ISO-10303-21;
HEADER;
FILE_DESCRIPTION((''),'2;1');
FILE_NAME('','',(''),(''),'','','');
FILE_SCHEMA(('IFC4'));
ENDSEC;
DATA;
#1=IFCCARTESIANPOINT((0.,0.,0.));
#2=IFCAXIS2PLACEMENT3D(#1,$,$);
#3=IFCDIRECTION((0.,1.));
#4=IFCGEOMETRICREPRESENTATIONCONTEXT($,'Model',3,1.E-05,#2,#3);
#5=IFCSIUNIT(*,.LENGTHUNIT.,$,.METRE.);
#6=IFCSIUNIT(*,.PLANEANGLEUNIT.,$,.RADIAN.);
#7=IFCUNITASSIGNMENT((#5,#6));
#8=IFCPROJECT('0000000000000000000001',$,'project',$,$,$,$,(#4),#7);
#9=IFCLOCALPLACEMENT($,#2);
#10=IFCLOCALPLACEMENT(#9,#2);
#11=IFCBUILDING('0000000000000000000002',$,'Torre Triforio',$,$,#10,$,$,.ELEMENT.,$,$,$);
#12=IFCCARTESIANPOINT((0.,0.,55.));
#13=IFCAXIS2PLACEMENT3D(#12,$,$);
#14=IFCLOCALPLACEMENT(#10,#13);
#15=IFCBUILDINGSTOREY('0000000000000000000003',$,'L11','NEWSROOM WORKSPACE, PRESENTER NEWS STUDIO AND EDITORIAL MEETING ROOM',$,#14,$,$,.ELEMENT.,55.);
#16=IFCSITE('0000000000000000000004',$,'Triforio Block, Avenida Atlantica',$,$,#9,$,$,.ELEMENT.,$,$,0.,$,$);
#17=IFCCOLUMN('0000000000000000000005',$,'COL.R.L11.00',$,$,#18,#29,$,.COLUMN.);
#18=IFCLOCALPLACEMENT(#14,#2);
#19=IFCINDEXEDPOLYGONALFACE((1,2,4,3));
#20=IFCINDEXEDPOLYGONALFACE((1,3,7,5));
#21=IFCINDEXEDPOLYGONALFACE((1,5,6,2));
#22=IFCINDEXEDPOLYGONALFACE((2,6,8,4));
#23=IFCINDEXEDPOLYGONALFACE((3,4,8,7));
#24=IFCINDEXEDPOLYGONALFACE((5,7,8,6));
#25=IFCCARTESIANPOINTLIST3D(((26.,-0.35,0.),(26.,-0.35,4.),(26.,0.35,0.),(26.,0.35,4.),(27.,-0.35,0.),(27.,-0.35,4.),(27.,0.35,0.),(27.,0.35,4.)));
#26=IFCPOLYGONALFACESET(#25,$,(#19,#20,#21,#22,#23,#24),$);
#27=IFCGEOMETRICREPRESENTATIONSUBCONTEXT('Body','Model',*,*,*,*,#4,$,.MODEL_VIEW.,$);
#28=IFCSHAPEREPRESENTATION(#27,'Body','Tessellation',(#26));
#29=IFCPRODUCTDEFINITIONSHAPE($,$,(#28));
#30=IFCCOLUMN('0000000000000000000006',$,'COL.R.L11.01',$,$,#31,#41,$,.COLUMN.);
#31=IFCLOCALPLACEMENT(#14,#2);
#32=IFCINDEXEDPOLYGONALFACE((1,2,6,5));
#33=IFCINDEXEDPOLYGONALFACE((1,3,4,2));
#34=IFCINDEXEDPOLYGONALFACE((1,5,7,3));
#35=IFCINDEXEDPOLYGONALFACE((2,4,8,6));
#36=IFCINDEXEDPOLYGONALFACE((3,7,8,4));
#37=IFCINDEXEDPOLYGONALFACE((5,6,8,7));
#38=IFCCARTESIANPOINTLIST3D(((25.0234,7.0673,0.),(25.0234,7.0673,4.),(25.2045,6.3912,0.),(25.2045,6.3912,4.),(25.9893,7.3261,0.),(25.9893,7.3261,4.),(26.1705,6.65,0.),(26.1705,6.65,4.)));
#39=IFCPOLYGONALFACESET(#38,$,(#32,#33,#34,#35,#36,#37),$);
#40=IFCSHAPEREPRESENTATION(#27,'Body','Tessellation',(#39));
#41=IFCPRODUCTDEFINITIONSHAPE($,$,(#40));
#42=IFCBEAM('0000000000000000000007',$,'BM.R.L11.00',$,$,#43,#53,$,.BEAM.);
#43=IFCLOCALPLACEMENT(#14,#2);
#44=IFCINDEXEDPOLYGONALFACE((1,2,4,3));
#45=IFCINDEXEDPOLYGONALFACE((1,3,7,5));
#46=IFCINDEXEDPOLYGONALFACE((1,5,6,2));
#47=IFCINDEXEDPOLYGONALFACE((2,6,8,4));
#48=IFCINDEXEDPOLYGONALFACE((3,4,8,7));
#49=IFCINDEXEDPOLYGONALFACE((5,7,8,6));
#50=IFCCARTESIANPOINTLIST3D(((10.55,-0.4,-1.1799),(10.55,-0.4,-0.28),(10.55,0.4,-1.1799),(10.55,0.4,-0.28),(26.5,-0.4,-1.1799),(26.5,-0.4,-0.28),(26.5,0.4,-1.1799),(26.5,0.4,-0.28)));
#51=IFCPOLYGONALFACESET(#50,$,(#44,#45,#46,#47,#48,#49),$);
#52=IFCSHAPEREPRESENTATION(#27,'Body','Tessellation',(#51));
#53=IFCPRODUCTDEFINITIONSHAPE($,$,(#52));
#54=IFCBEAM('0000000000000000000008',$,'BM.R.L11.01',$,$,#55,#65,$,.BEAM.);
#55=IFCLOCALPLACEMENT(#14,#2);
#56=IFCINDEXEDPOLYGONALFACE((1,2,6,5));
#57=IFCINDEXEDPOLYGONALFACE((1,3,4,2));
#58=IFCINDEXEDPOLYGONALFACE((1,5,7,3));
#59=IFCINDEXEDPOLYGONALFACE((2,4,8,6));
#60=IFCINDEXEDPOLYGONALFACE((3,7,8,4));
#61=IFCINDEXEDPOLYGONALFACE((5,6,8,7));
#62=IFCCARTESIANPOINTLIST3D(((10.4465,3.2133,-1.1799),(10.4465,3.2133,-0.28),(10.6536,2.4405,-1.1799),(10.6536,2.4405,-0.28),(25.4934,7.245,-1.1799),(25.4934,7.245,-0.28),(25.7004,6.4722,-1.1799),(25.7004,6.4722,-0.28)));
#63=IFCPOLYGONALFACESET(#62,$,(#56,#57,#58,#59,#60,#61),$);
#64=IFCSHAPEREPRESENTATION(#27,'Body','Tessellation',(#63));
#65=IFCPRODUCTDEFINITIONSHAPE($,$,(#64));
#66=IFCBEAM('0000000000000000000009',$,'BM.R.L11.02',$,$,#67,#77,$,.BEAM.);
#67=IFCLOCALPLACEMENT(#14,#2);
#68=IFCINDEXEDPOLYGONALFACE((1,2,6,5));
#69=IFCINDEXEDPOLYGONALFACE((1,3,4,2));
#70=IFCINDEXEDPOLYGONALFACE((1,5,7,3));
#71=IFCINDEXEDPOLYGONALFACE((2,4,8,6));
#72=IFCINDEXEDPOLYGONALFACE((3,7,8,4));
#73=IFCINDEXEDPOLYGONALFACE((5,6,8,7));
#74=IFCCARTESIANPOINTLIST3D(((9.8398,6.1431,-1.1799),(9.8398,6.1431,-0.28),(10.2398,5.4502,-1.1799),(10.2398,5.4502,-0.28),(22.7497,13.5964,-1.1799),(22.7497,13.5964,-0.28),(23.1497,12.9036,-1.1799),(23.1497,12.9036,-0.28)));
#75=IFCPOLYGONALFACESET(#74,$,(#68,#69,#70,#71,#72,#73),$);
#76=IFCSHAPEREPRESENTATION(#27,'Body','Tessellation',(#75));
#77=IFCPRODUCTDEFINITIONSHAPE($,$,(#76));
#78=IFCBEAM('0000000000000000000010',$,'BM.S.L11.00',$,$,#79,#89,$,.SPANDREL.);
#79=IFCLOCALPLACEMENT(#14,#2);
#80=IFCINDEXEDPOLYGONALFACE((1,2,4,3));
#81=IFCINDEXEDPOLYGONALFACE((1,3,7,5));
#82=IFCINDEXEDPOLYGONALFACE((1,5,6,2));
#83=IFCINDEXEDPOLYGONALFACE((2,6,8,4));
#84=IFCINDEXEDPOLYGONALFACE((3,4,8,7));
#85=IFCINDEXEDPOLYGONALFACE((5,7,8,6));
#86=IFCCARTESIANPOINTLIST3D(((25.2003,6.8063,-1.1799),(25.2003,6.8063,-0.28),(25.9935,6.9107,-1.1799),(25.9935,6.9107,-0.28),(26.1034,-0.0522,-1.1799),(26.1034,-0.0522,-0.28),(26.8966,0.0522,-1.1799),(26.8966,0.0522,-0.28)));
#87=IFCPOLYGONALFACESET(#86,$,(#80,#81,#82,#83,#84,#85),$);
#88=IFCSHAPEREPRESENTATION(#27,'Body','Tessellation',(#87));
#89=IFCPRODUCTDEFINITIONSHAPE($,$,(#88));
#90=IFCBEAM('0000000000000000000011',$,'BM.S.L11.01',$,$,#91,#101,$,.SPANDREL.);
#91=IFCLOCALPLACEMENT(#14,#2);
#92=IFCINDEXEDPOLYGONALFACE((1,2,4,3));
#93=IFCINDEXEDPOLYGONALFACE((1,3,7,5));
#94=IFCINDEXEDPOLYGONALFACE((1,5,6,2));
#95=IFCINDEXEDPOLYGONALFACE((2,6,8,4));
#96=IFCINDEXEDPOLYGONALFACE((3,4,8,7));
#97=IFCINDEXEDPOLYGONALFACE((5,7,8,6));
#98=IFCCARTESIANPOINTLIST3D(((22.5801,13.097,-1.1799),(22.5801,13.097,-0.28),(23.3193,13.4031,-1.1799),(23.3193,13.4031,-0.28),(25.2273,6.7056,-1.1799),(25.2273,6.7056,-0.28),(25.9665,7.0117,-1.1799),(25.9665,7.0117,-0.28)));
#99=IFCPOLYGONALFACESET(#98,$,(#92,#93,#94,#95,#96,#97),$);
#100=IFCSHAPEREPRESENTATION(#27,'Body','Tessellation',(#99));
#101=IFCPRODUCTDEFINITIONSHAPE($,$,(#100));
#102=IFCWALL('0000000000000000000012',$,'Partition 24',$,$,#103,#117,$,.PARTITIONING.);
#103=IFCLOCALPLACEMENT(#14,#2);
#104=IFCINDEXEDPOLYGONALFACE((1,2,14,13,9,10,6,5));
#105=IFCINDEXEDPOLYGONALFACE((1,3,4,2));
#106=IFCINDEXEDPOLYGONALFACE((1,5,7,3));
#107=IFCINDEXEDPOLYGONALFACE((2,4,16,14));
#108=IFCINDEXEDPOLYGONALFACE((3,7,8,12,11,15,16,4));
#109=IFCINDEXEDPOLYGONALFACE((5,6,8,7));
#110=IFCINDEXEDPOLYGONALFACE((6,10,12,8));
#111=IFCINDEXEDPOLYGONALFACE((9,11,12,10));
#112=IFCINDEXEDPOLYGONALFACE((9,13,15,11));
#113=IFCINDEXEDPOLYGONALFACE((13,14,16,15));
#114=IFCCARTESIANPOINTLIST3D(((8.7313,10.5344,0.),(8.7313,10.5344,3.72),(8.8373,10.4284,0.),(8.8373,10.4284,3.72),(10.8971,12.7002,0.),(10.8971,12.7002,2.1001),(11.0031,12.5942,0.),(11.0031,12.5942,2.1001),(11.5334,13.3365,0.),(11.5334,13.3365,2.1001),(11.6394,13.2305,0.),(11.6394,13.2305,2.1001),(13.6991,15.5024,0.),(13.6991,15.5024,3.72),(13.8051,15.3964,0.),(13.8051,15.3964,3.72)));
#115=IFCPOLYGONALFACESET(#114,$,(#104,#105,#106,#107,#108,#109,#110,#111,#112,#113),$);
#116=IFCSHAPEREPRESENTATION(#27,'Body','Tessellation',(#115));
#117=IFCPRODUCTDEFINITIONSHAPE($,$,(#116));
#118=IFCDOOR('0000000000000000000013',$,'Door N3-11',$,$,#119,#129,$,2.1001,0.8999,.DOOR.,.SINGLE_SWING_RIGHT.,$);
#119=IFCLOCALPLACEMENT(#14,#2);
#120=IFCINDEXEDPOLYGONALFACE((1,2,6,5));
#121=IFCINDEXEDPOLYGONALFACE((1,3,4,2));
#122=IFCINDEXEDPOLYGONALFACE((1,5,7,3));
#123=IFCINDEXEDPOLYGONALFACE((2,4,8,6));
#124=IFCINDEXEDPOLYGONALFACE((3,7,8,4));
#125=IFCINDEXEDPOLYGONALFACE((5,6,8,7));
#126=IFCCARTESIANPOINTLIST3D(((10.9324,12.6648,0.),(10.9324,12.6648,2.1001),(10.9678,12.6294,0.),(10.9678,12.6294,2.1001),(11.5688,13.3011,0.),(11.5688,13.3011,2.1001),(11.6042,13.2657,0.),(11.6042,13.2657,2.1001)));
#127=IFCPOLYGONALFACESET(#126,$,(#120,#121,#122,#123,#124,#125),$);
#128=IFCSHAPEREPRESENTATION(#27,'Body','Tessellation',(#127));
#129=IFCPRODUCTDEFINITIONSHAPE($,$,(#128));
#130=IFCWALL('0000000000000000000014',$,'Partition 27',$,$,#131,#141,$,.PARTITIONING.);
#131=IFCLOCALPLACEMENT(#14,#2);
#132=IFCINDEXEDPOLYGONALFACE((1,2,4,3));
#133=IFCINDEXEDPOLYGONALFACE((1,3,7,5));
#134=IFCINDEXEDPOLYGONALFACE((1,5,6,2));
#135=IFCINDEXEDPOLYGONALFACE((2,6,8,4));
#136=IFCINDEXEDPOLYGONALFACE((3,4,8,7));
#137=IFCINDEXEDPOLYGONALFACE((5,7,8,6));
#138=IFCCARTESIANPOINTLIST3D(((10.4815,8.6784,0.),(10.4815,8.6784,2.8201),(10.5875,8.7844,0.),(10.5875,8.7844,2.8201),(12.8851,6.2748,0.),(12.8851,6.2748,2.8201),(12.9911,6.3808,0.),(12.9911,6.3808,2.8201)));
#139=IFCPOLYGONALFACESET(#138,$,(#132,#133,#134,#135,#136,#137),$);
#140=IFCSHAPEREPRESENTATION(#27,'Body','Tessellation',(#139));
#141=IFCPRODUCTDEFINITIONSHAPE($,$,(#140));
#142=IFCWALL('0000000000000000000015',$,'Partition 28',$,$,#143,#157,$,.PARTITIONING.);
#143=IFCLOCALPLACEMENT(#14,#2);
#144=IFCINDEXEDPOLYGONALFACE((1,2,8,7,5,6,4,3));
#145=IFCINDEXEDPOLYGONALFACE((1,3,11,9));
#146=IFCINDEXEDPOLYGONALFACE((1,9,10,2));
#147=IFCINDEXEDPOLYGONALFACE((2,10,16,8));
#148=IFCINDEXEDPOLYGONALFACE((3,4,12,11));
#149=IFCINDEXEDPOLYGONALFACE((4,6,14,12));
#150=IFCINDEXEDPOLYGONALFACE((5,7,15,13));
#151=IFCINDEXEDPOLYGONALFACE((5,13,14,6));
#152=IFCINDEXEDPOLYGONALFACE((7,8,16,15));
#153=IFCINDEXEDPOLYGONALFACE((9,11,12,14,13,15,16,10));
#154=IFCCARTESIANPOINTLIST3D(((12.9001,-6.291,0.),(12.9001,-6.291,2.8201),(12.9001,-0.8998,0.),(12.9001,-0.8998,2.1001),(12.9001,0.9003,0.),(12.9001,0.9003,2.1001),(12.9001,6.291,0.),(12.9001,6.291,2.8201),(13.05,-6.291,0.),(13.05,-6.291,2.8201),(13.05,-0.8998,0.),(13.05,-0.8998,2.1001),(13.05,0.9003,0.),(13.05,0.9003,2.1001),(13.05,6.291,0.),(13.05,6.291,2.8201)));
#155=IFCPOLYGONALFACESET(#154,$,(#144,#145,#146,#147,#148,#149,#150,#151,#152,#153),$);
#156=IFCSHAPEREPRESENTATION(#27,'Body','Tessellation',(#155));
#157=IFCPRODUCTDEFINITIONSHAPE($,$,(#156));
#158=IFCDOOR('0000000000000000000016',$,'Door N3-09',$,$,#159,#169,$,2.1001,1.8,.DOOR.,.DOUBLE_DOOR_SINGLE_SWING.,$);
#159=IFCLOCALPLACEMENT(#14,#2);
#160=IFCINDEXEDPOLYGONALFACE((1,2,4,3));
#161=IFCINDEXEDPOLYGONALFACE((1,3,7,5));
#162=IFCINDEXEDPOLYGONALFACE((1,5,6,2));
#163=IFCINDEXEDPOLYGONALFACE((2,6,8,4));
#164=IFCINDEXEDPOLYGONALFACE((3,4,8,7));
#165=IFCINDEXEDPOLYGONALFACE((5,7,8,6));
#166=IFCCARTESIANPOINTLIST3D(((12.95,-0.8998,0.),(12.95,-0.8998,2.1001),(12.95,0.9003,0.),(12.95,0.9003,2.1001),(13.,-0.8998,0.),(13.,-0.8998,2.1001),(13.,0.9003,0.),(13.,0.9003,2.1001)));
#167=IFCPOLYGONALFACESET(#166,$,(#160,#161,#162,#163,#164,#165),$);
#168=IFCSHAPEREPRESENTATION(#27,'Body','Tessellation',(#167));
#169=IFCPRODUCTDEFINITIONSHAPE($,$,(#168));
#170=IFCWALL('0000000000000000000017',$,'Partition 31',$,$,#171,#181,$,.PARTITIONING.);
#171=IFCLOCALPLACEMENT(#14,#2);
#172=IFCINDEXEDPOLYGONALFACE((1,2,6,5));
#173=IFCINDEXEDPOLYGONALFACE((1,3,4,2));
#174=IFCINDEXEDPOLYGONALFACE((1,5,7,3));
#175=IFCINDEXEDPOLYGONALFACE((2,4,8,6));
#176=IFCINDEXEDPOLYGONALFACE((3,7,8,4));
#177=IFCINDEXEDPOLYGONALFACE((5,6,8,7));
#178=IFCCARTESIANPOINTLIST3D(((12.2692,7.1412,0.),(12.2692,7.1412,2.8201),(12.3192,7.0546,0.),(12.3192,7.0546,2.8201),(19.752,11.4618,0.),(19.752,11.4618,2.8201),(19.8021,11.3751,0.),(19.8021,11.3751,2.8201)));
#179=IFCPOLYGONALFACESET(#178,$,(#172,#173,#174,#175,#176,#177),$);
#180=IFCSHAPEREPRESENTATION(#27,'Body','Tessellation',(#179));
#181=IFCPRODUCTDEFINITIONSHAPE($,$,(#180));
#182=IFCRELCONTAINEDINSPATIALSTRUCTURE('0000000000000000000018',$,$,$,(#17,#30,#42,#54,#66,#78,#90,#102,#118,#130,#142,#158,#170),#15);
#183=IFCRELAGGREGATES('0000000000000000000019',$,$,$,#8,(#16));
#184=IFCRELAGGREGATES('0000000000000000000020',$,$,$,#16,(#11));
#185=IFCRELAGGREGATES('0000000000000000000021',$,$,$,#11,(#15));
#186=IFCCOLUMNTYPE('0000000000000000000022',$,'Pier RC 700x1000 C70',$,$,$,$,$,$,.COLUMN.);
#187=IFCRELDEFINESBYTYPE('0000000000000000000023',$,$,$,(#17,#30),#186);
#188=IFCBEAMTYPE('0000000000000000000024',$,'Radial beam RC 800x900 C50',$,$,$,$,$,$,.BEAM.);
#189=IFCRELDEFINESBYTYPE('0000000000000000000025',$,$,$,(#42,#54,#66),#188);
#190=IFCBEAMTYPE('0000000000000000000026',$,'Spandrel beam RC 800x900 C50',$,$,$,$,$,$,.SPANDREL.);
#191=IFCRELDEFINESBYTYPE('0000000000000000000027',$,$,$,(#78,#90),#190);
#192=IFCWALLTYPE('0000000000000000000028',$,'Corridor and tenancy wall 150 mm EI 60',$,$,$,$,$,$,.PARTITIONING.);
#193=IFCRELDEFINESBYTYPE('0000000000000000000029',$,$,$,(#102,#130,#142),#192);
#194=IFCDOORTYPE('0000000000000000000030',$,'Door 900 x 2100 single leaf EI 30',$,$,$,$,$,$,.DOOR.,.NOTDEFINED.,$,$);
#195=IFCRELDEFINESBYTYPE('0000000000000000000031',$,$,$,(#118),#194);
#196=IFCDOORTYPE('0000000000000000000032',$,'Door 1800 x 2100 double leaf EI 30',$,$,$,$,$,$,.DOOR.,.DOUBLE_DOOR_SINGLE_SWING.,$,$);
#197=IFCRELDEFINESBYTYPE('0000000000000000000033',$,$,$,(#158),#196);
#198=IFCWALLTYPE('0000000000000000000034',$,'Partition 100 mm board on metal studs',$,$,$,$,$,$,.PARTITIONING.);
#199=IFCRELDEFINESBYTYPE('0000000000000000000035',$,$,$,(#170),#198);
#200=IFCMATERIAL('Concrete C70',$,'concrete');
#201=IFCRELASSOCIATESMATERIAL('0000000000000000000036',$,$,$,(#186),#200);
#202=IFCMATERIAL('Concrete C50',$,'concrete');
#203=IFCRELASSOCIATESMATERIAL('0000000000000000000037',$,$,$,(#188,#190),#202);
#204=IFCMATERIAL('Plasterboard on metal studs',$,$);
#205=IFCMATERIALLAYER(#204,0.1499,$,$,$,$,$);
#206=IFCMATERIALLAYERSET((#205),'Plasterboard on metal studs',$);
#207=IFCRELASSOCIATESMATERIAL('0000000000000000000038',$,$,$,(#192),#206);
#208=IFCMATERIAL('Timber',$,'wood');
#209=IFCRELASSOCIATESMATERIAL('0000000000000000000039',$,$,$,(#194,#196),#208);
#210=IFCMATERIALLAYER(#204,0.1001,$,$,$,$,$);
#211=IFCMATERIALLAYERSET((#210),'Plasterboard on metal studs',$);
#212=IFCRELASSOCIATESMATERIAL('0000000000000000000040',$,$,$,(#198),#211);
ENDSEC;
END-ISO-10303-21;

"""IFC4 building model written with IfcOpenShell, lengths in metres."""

from ifc_helpers import new_model, si_unit, direction, frame, frame_2d, origin, origin_2d, place, context, subcontext, project, spatial, rectangle, extrude, material, layer, layer_set, material_profile, profile_set, type_object, element, fill, save


model = new_model("IFC4")

# Units and contexts
model_context = context("Model", 3, precision=1e-05, world=origin(), true_north=direction((0.0, 1.0)))
body_context = subcontext(model_context, "Body", "Model", "MODEL_VIEW")
ifc_project = project(units=[si_unit("LENGTHUNIT", "METRE"), si_unit("PLANEANGLEUNIT", "RADIAN")], contexts=[model_context])

# Site, building, storey
site_placement = place(None, origin())
site = spatial("IfcSite", under=ifc_project, at=site_placement, Name="Triforio Block, Avenida Atlantica", CompositionType="ELEMENT", RefElevation=0.0)
building_placement = place(site_placement, origin())
building = spatial("IfcBuilding", under=site, at=building_placement, Name="Torre Triforio", CompositionType="ELEMENT")
storey_placement = place(building_placement, frame((0.0, 0.0, 55.0)))
storey = spatial("IfcBuildingStorey", under=building, at=storey_placement, Name="L11", Description="NEWSROOM WORKSPACE, PRESENTER NEWS STUDIO AND EDITORIAL MEETING ROOM", CompositionType="ELEMENT", Elevation=55.0)

# Columns
ifc_material_1 = material(Name="Concrete C70", Category="concrete")
ifc_material_profile_1 = material_profile(ifc_material_1, rectangle(XDim=0.7, YDim=1.0, at=origin_2d()), Name="RC 700x1000")
ifc_profile_set_1 = profile_set([ifc_material_profile_1], Name="Concrete C70")
column_type = type_object("IfcColumnType", Name="Pier RC 700x1000 C70", PredefinedType="COLUMN", material=ifc_profile_set_1)
for number, where, z_axis, x_axis, name in (
    (1, (26.5, 0.0, 0.0), (0.0, 0.0, 1.0), (0.0, 1.0, 0.0), "COL.R.L11.00"),
    (2, (25.5969, 6.8586, 0.0), (0.0, 0.0, 1.0), (-0.258819, 0.965926, 0.0), "COL.R.L11.01"),
):
    element("IfcColumn", number, at=place(storey_placement, frame(where, z_axis=z_axis, x_axis=x_axis)), inside=storey, type_object=column_type, Name=name, PredefinedType="COLUMN", context=body_context, shape_type="SweptSolid", body=[
        extrude(rectangle(XDim=0.7, YDim=1.0, at=origin_2d()), origin(), (0.0, 0.0, 1.0), 4.0),
    ])

# Beams
ifc_material_2 = material(Name="Concrete C50", Category="concrete")
ifc_material_profile_2 = material_profile(ifc_material_2, rectangle(XDim=0.8, YDim=0.8999, at=origin_2d()), Name="RC 800x900")
ifc_profile_set_2 = profile_set([ifc_material_profile_2], Name="Concrete C50")
beam_type_1 = type_object("IfcBeamType", Name="Radial beam RC 800x900 C50", PredefinedType="BEAM", material=ifc_profile_set_2)
beam_1_placement = place(storey_placement, frame((10.55, 0.0, -0.73), z_axis=(1.0, 0.0, 0.0), x_axis=(0.0, 1.0, 0.0)))
element("IfcBeam", 3, at=beam_1_placement, inside=storey, type_object=beam_type_1, Name="BM.R.L11.00", PredefinedType="BEAM", context=body_context, shape_type="SweptSolid", body=[
    extrude(rectangle(XDim=0.8, YDim=0.8999, at=origin_2d()), origin(), (0.0, 0.0, 1.0), 15.95),
])
beam_2_placement = place(storey_placement, frame((10.55, 2.8269, -0.73), z_axis=(0.965927, 0.258815, 0.0), x_axis=(-0.258815, 0.965927, 0.0)))
element("IfcBeam", 4, at=beam_2_placement, inside=storey, type_object=beam_type_1, Name="BM.R.L11.01", PredefinedType="BEAM", context=body_context, shape_type="SweptSolid", body=[
    extrude(rectangle(XDim=0.8, YDim=0.8999, at=origin_2d()), origin(), (0.0, 0.0, 1.0), 15.5776),
])
beam_3_placement = place(storey_placement, frame((10.0398, 5.7966, -0.73), z_axis=(0.86603, 0.499991, 0.0), x_axis=(-0.499991, 0.86603, 0.0)))
element("IfcBeam", 5, at=beam_3_placement, inside=storey, type_object=beam_type_1, Name="BM.R.L11.02", PredefinedType="BEAM", context=body_context, shape_type="SweptSolid", body=[
    extrude(rectangle(XDim=0.8, YDim=0.8999, at=origin_2d()), origin(), (0.0, 0.0, 1.0), 14.907),
])
ifc_material_profile_3 = material_profile(ifc_material_2, rectangle(XDim=0.8, YDim=0.8999, at=origin_2d()), Name="RC 800x900")
ifc_profile_set_3 = profile_set([ifc_material_profile_3], Name="Concrete C50")
beam_type_2 = type_object("IfcBeamType", Name="Spandrel beam RC 800x900 C50", PredefinedType="SPANDREL", material=ifc_profile_set_3)
beam_4_placement = place(storey_placement, frame((26.5, 0.0, -0.73), z_axis=(-0.130543, 0.991443, 0.0), x_axis=(-0.991443, -0.130543, 0.0)))
element("IfcBeam", 6, at=beam_4_placement, inside=storey, type_object=beam_type_2, Name="BM.S.L11.00", PredefinedType="SPANDREL", context=body_context, shape_type="SweptSolid", body=[
    extrude(rectangle(XDim=0.8, YDim=0.8999, at=origin_2d()), origin(), (0.0, 0.0, 1.0), 6.9177),
])
beam_5_placement = place(storey_placement, frame((25.5969, 6.8586, -0.73), z_axis=(-0.382662, 0.923888, 0.0), x_axis=(-0.923888, -0.382662, 0.0)))
element("IfcBeam", 7, at=beam_5_placement, inside=storey, type_object=beam_type_2, Name="BM.S.L11.01", PredefinedType="SPANDREL", context=body_context, shape_type="SweptSolid", body=[
    extrude(rectangle(XDim=0.8, YDim=0.8999, at=origin_2d()), origin(), (0.0, 0.0, 1.0), 6.918),
])

# Wall, opening, door
ifc_material_3 = material(Name="Plasterboard on metal studs")
ifc_layer_1 = layer(ifc_material_3, 0.1499)
ifc_layer_set_1 = layer_set([ifc_layer_1], Name="Plasterboard on metal studs")
wall_type_1 = type_object("IfcWallType", Name="Corridor and tenancy wall 150 mm EI 60", PredefinedType="PARTITIONING", material=ifc_layer_set_1)
wall_1_placement = place(storey_placement, frame((8.7844, 10.4814, 0.0), z_axis=(0.0, 0.0, 1.0), x_axis=(0.707089, 0.707124, 0.0)))
wall_1 = element("IfcWall", 8, at=wall_1_placement, inside=storey, type_object=wall_type_1, Name="Partition 24", PredefinedType="PARTITIONING", context=body_context, shape_type="SweptSolid", body=[
    extrude(rectangle(XDim=7.0256, YDim=0.1499, at=frame_2d((3.5127, 0.0))), origin(), (0.0, 0.0, 1.0), 3.72),
])
opening_1_placement = place(wall_1_placement, frame((3.0627, 0.0, 0.0)))
opening_1 = element("IfcOpeningElement", 9, at=opening_1_placement, cuts=wall_1, PredefinedType="OPENING", context=body_context, shape_type="SweptSolid", body=[
    extrude(rectangle(XDim=0.8999, YDim=2.1001, at=frame_2d((0.45, 1.05))), frame((0.0, 0.085, 0.0), z_axis=(0.0, -1.0, 0.0), x_axis=(1.0, 0.0, 0.0)), (0.0, 0.0, 1.0), 0.1699),
])
ifc_material_4 = material(Name="Timber", Category="wood")
door_type_1 = type_object("IfcDoorType", Name="Door 900 x 2100 single leaf EI 30", OperationType="NOTDEFINED", PredefinedType="DOOR", material=ifc_material_4)
door_1_placement = place(opening_1_placement, origin())
door_1 = element("IfcDoor", 10, at=door_1_placement, inside=storey, type_object=door_type_1, Name="Door N3-11", OperationType="SINGLE_SWING_RIGHT", OverallHeight=2.1001, OverallWidth=0.8999, PredefinedType="DOOR", context=body_context, shape_type="SweptSolid", body=[
    extrude(rectangle(XDim=0.8999, YDim=2.1001, at=frame_2d((0.45, 1.05))), frame((0.0, 0.0249, 0.0), z_axis=(0.0, -1.0, 0.0), x_axis=(1.0, 0.0, 0.0)), (0.0, 0.0, 1.0), 0.05),
])
fill(opening_1, door_1)

# Wall
wall_2_placement = place(storey_placement, frame((10.5344, 8.7314, 0.0), z_axis=(0.0, 0.0, 1.0), x_axis=(0.707107, -0.707107, 0.0)))
element("IfcWall", 11, at=wall_2_placement, inside=storey, type_object=wall_type_1, Name="Partition 27", PredefinedType="PARTITIONING", context=body_context, shape_type="SweptSolid", body=[
    extrude(rectangle(XDim=3.3992, YDim=0.1499, at=frame_2d((1.6997, 0.0))), origin(), (0.0, 0.0, 1.0), 2.8201),
])

# Wall, opening, door
wall_3_placement = place(storey_placement, frame((12.9751, 6.291, 0.0), z_axis=(0.0, 0.0, 1.0), x_axis=(0.0, -1.0, 0.0)))
wall_3 = element("IfcWall", 12, at=wall_3_placement, inside=storey, type_object=wall_type_1, Name="Partition 28", PredefinedType="PARTITIONING", context=body_context, shape_type="SweptSolid", body=[
    extrude(rectangle(XDim=12.582, YDim=0.1499, at=frame_2d((6.291, 0.0))), origin(), (0.0, 0.0, 1.0), 2.8201),
])
opening_2_placement = place(wall_3_placement, frame((5.3909, 0.0, 0.0)))
opening_2 = element("IfcOpeningElement", 13, at=opening_2_placement, cuts=wall_3, PredefinedType="OPENING", context=body_context, shape_type="SweptSolid", body=[
    extrude(rectangle(XDim=1.8, YDim=2.1001, at=frame_2d((0.8999, 1.05))), frame((0.0, 0.085, 0.0), z_axis=(0.0, -1.0, 0.0), x_axis=(1.0, 0.0, 0.0)), (0.0, 0.0, 1.0), 0.1699),
])
door_type_2 = type_object("IfcDoorType", Name="Door 1800 x 2100 double leaf EI 30", OperationType="DOUBLE_DOOR_SINGLE_SWING", PredefinedType="DOOR", material=ifc_material_4)
door_2_placement = place(opening_2_placement, origin())
door_2 = element("IfcDoor", 14, at=door_2_placement, inside=storey, type_object=door_type_2, Name="Door N3-09", OperationType="DOUBLE_DOOR_SINGLE_SWING", OverallHeight=2.1001, OverallWidth=1.8, PredefinedType="DOOR", context=body_context, shape_type="SweptSolid", body=[
    extrude(rectangle(XDim=1.8, YDim=2.1001, at=frame_2d((0.8999, 1.05))), frame((0.0, 0.0249, 0.0), z_axis=(0.0, -1.0, 0.0), x_axis=(1.0, 0.0, 0.0)), (0.0, 0.0, 1.0), 0.05),
])
fill(opening_2, door_2)

# Wall
ifc_layer_2 = layer(ifc_material_3, 0.1001)
ifc_layer_set_2 = layer_set([ifc_layer_2], Name="Plasterboard on metal studs")
wall_type_2 = type_object("IfcWallType", Name="Partition 100 mm board on metal studs", PredefinedType="PARTITIONING", material=ifc_layer_set_2)
wall_4_placement = place(storey_placement, frame((12.2942, 7.0979, 0.0), z_axis=(0.0, 0.0, 1.0), x_axis=(0.866011, 0.500026, 0.0)))
element("IfcWall", 15, at=wall_4_placement, inside=storey, type_object=wall_type_2, Name="Partition 31", PredefinedType="PARTITIONING", context=body_context, shape_type="SweptSolid", body=[
    extrude(rectangle(XDim=8.6406, YDim=0.1001, at=frame_2d((4.3203, 0.0))), origin(), (0.0, 0.0, 1.0), 2.8201),
])

save(model, "model.ifc")
